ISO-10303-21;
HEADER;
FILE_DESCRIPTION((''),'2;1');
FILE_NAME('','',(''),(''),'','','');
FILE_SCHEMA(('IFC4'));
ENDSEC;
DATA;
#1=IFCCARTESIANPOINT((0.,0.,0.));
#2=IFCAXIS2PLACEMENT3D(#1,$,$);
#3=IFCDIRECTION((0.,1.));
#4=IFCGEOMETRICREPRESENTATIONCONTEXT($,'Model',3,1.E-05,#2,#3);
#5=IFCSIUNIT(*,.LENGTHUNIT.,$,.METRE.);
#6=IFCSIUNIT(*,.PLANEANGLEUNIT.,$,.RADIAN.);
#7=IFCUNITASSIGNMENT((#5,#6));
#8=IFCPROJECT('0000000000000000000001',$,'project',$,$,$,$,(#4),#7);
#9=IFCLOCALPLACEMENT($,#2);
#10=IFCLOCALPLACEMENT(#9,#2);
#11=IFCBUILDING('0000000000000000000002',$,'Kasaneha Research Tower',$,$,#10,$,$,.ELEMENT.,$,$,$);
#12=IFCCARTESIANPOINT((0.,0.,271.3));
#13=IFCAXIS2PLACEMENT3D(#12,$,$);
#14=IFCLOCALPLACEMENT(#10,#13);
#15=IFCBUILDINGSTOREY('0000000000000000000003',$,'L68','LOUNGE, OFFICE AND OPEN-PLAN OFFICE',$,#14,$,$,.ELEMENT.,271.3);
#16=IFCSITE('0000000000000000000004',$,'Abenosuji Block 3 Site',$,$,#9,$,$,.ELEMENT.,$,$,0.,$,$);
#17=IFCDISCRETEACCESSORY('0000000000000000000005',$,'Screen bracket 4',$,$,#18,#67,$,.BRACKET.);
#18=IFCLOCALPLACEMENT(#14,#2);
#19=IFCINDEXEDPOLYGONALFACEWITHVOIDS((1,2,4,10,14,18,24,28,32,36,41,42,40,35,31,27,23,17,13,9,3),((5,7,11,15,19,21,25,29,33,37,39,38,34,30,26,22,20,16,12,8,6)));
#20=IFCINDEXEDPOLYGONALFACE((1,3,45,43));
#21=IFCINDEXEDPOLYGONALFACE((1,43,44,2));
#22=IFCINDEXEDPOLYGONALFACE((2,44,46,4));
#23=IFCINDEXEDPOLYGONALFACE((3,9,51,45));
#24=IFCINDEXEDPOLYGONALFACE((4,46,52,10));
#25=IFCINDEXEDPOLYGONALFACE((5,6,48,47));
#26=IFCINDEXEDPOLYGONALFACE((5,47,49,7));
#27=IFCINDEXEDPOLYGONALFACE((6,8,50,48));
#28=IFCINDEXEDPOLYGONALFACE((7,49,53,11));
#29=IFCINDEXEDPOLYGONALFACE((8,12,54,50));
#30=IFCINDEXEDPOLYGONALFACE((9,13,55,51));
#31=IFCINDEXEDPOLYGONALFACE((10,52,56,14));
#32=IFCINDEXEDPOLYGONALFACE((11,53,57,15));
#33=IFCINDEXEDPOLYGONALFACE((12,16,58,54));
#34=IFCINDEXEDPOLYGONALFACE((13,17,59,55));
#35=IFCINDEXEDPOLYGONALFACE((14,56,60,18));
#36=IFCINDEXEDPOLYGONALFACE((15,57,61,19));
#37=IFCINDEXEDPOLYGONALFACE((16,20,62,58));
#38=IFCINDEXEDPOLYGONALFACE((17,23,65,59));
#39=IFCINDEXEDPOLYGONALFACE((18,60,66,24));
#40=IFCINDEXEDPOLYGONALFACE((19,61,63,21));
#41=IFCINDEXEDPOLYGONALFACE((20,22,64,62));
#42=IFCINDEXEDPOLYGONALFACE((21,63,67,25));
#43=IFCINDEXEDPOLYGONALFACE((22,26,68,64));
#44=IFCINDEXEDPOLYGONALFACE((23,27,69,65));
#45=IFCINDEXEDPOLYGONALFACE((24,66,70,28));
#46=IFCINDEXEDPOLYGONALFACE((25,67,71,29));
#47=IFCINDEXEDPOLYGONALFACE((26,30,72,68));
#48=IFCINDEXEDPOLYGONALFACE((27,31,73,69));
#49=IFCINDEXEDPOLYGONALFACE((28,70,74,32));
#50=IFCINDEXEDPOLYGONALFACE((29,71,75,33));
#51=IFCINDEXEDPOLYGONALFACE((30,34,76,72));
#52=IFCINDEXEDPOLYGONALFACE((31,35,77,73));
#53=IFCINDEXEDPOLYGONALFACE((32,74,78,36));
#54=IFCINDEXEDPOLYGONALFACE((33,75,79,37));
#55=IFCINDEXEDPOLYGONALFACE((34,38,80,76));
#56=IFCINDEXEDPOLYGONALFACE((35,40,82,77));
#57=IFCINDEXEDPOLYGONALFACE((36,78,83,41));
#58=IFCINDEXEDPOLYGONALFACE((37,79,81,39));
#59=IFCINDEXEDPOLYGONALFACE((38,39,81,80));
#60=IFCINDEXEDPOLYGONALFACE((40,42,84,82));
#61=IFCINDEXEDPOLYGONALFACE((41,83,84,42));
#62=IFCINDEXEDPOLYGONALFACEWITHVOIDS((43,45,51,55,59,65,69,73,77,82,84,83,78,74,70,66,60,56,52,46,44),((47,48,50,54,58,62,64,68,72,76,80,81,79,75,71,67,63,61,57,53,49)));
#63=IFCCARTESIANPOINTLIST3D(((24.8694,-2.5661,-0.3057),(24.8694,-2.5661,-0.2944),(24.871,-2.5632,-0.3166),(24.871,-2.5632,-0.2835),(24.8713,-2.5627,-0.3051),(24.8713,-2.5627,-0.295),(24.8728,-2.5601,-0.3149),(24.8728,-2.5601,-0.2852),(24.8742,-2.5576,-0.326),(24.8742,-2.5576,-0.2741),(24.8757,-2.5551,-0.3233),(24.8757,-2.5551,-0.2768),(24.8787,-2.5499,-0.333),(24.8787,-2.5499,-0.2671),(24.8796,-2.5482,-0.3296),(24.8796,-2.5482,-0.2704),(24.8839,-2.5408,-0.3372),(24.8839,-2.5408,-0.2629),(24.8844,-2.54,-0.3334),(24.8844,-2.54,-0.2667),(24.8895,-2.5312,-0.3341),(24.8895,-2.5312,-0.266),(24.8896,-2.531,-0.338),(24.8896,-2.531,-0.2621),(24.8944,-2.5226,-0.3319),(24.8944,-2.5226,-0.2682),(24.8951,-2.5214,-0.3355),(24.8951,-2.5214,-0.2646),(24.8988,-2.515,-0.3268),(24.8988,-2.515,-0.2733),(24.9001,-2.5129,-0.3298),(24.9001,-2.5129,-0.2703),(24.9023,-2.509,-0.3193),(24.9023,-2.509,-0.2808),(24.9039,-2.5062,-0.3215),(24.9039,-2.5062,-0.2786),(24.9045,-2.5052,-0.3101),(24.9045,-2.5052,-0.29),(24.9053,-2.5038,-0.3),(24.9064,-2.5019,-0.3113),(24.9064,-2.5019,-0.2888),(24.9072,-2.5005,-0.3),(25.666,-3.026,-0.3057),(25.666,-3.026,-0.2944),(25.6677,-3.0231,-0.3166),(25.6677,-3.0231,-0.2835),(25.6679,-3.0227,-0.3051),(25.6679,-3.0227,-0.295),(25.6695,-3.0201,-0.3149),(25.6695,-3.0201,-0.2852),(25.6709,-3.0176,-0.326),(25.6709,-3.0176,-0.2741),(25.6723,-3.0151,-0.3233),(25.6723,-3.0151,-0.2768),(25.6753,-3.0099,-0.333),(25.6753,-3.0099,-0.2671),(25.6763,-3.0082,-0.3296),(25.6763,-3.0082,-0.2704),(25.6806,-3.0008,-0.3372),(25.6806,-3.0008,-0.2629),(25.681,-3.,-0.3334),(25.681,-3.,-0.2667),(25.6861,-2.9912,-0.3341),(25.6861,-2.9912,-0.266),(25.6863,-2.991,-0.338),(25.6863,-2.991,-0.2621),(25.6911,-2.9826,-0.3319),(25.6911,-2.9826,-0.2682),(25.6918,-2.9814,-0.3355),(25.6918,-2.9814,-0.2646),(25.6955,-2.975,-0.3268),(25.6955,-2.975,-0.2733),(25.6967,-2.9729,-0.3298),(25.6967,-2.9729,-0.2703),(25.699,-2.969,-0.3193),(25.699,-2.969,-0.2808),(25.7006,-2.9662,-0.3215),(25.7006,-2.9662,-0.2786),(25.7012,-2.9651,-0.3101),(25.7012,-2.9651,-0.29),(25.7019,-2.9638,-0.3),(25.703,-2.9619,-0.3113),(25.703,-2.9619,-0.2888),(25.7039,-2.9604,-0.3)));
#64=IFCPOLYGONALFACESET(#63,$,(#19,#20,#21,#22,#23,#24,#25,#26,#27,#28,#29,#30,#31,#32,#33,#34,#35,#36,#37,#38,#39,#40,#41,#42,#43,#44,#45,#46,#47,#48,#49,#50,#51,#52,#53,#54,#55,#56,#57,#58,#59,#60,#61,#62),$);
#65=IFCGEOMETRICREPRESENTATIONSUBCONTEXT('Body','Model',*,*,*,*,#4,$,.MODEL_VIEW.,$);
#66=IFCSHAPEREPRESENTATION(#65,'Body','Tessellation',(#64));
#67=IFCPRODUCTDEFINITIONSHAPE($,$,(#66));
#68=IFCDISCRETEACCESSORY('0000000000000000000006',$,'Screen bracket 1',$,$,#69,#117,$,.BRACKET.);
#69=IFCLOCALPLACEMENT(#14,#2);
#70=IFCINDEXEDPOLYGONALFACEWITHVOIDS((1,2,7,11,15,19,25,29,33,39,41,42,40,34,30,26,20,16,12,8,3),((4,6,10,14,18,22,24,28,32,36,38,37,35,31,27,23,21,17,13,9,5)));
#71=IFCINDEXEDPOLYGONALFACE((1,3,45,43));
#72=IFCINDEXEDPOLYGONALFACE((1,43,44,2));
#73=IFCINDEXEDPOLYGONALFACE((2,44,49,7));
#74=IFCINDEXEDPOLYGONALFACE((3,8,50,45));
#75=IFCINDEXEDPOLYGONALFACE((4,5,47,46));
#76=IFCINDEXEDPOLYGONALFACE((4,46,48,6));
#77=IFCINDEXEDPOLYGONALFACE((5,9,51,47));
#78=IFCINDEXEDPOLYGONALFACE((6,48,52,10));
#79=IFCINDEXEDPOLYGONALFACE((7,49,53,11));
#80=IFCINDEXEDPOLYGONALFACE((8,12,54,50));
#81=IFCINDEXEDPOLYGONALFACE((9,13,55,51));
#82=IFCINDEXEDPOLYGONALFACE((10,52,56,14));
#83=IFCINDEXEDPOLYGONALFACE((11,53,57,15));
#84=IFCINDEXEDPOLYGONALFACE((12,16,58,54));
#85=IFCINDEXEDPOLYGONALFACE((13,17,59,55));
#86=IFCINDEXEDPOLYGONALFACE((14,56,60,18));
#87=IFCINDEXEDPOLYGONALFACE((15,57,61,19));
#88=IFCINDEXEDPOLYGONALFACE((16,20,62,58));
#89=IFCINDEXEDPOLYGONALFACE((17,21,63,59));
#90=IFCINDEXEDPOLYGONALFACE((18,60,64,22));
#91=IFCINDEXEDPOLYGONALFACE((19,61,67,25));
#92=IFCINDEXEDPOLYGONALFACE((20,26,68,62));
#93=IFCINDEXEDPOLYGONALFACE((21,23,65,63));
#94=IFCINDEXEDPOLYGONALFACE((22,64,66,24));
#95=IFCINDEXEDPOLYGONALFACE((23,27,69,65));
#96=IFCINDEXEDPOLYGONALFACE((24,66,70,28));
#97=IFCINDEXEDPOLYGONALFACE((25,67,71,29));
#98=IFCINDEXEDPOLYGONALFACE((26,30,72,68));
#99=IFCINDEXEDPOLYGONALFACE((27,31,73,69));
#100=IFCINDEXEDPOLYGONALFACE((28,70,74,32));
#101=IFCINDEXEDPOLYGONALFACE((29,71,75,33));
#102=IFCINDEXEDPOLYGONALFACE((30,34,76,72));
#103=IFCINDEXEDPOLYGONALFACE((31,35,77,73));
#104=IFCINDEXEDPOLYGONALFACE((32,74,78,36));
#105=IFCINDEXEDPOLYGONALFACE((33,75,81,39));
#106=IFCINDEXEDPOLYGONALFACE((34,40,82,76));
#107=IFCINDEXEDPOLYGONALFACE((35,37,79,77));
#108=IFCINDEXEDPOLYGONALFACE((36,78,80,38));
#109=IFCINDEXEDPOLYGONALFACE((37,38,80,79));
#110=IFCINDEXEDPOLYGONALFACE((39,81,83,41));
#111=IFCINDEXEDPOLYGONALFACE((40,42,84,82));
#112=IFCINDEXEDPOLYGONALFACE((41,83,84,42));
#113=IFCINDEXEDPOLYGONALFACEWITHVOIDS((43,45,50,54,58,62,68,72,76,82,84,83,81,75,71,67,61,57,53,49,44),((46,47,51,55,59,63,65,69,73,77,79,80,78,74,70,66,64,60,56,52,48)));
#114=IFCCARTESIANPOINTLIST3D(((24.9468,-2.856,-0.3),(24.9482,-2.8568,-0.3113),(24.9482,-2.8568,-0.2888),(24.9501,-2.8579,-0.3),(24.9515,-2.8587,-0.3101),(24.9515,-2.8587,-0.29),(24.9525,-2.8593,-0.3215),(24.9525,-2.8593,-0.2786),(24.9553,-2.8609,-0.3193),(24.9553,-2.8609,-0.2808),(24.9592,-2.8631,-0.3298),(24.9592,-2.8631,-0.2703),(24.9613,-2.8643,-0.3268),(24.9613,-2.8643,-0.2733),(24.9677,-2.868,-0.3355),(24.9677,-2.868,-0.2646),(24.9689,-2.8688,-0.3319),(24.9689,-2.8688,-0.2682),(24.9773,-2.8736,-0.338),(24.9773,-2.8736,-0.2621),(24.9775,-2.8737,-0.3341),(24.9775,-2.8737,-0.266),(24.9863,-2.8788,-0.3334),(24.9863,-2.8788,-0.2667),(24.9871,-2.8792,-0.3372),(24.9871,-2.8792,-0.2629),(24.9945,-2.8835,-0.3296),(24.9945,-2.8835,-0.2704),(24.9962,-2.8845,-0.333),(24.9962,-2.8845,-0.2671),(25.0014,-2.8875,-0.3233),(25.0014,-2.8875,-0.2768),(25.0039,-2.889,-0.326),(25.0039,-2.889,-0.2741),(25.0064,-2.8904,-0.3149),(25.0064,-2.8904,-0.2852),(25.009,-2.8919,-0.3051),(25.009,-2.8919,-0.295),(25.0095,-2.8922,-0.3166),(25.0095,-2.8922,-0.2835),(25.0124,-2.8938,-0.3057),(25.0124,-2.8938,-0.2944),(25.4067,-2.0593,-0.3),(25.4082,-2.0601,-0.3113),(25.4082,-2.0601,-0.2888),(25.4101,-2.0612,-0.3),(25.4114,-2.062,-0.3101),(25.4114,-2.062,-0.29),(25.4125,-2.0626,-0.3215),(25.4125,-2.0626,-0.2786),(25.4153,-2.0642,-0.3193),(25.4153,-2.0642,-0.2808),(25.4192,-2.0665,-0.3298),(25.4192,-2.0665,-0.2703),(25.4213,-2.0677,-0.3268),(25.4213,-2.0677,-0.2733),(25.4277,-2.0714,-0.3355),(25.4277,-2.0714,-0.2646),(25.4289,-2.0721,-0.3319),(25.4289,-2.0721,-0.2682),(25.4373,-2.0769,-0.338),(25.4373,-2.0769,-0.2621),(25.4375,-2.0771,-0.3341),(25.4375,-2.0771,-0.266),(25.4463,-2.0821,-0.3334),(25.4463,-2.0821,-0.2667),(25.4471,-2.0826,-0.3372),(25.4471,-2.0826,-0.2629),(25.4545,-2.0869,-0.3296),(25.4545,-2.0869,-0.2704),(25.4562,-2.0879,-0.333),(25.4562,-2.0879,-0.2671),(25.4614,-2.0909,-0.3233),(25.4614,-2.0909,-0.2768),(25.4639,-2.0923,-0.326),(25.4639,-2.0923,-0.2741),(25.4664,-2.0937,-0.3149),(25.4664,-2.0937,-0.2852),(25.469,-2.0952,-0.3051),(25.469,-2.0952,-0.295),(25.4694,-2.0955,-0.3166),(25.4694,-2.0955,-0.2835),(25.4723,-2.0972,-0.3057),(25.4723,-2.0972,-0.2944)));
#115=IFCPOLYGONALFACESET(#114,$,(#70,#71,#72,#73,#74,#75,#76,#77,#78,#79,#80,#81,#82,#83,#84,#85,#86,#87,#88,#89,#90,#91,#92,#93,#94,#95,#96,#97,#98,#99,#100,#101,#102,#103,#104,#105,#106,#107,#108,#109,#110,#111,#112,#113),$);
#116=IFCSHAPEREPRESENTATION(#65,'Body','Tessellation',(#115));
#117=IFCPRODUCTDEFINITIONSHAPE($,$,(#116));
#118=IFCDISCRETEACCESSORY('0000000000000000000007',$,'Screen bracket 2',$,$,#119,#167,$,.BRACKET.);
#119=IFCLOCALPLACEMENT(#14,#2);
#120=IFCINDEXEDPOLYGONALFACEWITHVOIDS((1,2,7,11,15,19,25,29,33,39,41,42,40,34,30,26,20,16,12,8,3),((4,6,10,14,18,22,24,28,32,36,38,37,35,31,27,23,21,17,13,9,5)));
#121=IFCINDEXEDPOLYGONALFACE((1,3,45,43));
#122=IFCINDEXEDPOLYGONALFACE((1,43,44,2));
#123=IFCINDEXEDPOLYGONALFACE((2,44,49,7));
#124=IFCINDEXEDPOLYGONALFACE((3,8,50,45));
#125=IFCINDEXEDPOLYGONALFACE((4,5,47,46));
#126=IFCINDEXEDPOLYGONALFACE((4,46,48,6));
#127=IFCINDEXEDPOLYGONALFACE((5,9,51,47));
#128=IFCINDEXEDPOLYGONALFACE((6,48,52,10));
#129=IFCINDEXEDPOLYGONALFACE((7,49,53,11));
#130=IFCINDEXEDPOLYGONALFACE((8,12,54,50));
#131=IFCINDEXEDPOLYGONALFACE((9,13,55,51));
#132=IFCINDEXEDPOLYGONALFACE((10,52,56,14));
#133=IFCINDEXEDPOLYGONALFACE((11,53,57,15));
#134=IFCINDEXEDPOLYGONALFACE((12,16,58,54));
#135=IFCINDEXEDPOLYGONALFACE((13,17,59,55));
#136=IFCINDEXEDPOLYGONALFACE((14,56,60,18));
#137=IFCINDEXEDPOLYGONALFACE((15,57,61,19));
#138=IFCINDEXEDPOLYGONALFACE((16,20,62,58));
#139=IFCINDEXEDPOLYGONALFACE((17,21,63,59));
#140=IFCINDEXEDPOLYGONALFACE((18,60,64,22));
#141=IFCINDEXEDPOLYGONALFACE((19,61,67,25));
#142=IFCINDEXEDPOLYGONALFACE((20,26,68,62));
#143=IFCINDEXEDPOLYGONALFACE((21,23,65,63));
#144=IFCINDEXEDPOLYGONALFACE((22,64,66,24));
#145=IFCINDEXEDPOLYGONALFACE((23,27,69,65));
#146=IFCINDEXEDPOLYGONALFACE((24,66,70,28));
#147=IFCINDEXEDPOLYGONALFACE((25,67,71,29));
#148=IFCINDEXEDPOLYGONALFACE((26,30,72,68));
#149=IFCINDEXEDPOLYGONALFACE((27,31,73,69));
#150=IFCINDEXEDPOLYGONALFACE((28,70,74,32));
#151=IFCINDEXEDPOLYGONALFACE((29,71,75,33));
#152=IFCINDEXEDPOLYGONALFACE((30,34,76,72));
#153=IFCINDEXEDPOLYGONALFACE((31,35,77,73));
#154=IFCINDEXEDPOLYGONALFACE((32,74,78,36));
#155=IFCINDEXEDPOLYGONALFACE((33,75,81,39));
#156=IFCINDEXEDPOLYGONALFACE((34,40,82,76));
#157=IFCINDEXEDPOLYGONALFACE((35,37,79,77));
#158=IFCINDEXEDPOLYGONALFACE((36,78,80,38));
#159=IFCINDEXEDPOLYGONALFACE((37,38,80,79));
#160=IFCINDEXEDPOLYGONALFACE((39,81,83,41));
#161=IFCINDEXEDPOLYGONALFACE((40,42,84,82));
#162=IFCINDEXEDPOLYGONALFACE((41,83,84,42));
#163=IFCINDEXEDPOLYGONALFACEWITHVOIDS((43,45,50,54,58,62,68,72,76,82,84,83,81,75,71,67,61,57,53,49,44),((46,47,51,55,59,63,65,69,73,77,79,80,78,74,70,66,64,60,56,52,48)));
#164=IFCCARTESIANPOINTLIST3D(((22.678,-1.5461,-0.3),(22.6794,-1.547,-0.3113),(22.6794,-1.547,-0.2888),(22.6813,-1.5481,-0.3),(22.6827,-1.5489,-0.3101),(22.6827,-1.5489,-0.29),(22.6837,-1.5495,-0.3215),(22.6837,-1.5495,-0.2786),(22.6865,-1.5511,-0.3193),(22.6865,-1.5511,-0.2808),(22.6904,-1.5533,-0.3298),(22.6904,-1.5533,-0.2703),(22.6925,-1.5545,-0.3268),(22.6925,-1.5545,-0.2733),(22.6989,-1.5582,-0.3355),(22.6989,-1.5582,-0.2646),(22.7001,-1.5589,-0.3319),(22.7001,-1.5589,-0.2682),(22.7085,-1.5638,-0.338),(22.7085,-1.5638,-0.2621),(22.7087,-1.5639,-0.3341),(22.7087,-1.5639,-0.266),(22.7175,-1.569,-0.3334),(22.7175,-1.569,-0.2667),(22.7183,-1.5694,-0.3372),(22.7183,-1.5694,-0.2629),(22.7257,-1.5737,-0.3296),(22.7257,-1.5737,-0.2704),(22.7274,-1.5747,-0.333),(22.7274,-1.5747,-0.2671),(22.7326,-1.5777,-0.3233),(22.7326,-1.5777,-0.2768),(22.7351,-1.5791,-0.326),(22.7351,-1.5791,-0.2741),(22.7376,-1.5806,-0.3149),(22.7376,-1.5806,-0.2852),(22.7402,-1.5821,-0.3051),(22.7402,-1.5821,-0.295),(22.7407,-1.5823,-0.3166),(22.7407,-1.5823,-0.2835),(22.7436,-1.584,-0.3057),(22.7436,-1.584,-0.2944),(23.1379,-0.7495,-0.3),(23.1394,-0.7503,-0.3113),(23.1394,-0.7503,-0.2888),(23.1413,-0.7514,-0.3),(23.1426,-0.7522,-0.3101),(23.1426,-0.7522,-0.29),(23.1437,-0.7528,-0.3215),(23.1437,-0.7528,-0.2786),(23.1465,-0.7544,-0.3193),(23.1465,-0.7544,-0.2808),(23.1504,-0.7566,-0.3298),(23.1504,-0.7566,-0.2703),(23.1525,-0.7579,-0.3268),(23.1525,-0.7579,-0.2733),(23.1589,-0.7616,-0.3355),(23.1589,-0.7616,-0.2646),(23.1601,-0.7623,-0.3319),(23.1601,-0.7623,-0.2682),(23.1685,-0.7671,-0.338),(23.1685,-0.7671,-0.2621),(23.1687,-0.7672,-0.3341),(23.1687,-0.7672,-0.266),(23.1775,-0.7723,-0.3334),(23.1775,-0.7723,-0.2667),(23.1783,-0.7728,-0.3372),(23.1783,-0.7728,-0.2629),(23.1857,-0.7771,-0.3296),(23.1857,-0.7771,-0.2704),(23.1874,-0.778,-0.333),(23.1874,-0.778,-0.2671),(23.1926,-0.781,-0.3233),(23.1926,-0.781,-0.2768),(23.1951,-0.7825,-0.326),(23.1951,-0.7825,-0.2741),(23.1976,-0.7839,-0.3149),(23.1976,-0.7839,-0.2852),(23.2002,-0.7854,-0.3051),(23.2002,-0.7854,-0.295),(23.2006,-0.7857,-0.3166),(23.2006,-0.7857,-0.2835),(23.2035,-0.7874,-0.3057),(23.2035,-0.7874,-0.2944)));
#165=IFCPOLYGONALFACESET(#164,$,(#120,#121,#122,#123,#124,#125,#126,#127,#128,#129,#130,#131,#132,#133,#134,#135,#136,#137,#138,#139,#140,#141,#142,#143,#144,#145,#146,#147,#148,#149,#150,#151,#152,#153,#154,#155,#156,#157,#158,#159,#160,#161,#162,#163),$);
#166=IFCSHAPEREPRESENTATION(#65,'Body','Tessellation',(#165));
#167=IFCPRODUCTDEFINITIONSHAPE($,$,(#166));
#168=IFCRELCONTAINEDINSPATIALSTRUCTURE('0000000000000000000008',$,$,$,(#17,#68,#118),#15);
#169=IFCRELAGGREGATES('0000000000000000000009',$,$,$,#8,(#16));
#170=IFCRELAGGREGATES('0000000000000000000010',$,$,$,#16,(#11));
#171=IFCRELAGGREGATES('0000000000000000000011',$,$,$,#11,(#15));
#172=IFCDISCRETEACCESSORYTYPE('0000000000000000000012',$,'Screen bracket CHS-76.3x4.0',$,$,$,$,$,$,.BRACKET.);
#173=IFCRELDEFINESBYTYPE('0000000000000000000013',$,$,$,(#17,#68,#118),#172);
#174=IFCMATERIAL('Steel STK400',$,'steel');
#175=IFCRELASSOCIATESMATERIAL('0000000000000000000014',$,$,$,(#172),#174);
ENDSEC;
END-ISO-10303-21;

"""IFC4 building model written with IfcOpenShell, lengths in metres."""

from ifc_helpers import new_model, si_unit, direction, frame, origin, origin_2d, place, context, subcontext, project, spatial, hollow_circle, extrude, material, material_profile, profile_set, type_object, element, save


model = new_model("IFC4")

# Units and contexts
model_context = context("Model", 3, precision=1e-05, world=origin(), true_north=direction((0.0, 1.0)))
body_context = subcontext(model_context, "Body", "Model", "MODEL_VIEW")
ifc_project = project(units=[si_unit("LENGTHUNIT", "METRE"), si_unit("PLANEANGLEUNIT", "RADIAN")], contexts=[model_context])

# Site, building, storey
site_placement = place(None, origin())
site = spatial("IfcSite", under=ifc_project, at=site_placement, Name="Abenosuji Block 3 Site", CompositionType="ELEMENT", RefElevation=0.0)
building_placement = place(site_placement, origin())
building = spatial("IfcBuilding", under=site, at=building_placement, Name="Kasaneha Research Tower", CompositionType="ELEMENT")
storey_placement = place(building_placement, frame((0.0, 0.0, 271.3)))
storey = spatial("IfcBuildingStorey", under=building, at=storey_placement, Name="L68", Description="LOUNGE, OFFICE AND OPEN-PLAN OFFICE", CompositionType="ELEMENT", Elevation=271.3)

# Discrete accessories
ifc_material_1 = material(Name="Steel STK400", Category="steel")
ifc_material_profile_1 = material_profile(ifc_material_1, hollow_circle(Radius=0.0381, WallThickness=0.0039, at=origin_2d()), Name="CHS-76.3x4.0")
ifc_profile_set_1 = profile_set([ifc_material_profile_1], Name="Steel STK400")
discrete_accessory_type = type_object("IfcDiscreteAccessoryType", Name="Screen bracket CHS-76.3x4.0", PredefinedType="BRACKET", material=ifc_profile_set_1)
for number, where, z_axis, x_axis, name in (
    (1, (24.8882, -2.5334, -0.3), (0.866013, -0.500021, 0.0), (0.500021, 0.866013, 0.0), "Screen bracket 4"),
    (2, (24.9797, -2.875, -0.3), (0.500021, 0.866013, 0.0), (-0.866013, 0.500021, 0.0), "Screen bracket 1"),
    (3, (22.7109, -1.5652, -0.3), (0.500021, 0.866013, 0.0), (-0.866013, 0.500021, 0.0), "Screen bracket 2"),
):
    element("IfcDiscreteAccessory", number, at=place(storey_placement, frame(where, z_axis=z_axis, x_axis=x_axis)), inside=storey, type_object=discrete_accessory_type, Name=name, PredefinedType="BRACKET", context=body_context, shape_type="SweptSolid", body=[
        extrude(hollow_circle(Radius=0.0381, WallThickness=0.0039, at=origin_2d()), origin(), (0.0, 0.0, 1.0), 0.9199),
    ])

save(model, "model.ifc")
